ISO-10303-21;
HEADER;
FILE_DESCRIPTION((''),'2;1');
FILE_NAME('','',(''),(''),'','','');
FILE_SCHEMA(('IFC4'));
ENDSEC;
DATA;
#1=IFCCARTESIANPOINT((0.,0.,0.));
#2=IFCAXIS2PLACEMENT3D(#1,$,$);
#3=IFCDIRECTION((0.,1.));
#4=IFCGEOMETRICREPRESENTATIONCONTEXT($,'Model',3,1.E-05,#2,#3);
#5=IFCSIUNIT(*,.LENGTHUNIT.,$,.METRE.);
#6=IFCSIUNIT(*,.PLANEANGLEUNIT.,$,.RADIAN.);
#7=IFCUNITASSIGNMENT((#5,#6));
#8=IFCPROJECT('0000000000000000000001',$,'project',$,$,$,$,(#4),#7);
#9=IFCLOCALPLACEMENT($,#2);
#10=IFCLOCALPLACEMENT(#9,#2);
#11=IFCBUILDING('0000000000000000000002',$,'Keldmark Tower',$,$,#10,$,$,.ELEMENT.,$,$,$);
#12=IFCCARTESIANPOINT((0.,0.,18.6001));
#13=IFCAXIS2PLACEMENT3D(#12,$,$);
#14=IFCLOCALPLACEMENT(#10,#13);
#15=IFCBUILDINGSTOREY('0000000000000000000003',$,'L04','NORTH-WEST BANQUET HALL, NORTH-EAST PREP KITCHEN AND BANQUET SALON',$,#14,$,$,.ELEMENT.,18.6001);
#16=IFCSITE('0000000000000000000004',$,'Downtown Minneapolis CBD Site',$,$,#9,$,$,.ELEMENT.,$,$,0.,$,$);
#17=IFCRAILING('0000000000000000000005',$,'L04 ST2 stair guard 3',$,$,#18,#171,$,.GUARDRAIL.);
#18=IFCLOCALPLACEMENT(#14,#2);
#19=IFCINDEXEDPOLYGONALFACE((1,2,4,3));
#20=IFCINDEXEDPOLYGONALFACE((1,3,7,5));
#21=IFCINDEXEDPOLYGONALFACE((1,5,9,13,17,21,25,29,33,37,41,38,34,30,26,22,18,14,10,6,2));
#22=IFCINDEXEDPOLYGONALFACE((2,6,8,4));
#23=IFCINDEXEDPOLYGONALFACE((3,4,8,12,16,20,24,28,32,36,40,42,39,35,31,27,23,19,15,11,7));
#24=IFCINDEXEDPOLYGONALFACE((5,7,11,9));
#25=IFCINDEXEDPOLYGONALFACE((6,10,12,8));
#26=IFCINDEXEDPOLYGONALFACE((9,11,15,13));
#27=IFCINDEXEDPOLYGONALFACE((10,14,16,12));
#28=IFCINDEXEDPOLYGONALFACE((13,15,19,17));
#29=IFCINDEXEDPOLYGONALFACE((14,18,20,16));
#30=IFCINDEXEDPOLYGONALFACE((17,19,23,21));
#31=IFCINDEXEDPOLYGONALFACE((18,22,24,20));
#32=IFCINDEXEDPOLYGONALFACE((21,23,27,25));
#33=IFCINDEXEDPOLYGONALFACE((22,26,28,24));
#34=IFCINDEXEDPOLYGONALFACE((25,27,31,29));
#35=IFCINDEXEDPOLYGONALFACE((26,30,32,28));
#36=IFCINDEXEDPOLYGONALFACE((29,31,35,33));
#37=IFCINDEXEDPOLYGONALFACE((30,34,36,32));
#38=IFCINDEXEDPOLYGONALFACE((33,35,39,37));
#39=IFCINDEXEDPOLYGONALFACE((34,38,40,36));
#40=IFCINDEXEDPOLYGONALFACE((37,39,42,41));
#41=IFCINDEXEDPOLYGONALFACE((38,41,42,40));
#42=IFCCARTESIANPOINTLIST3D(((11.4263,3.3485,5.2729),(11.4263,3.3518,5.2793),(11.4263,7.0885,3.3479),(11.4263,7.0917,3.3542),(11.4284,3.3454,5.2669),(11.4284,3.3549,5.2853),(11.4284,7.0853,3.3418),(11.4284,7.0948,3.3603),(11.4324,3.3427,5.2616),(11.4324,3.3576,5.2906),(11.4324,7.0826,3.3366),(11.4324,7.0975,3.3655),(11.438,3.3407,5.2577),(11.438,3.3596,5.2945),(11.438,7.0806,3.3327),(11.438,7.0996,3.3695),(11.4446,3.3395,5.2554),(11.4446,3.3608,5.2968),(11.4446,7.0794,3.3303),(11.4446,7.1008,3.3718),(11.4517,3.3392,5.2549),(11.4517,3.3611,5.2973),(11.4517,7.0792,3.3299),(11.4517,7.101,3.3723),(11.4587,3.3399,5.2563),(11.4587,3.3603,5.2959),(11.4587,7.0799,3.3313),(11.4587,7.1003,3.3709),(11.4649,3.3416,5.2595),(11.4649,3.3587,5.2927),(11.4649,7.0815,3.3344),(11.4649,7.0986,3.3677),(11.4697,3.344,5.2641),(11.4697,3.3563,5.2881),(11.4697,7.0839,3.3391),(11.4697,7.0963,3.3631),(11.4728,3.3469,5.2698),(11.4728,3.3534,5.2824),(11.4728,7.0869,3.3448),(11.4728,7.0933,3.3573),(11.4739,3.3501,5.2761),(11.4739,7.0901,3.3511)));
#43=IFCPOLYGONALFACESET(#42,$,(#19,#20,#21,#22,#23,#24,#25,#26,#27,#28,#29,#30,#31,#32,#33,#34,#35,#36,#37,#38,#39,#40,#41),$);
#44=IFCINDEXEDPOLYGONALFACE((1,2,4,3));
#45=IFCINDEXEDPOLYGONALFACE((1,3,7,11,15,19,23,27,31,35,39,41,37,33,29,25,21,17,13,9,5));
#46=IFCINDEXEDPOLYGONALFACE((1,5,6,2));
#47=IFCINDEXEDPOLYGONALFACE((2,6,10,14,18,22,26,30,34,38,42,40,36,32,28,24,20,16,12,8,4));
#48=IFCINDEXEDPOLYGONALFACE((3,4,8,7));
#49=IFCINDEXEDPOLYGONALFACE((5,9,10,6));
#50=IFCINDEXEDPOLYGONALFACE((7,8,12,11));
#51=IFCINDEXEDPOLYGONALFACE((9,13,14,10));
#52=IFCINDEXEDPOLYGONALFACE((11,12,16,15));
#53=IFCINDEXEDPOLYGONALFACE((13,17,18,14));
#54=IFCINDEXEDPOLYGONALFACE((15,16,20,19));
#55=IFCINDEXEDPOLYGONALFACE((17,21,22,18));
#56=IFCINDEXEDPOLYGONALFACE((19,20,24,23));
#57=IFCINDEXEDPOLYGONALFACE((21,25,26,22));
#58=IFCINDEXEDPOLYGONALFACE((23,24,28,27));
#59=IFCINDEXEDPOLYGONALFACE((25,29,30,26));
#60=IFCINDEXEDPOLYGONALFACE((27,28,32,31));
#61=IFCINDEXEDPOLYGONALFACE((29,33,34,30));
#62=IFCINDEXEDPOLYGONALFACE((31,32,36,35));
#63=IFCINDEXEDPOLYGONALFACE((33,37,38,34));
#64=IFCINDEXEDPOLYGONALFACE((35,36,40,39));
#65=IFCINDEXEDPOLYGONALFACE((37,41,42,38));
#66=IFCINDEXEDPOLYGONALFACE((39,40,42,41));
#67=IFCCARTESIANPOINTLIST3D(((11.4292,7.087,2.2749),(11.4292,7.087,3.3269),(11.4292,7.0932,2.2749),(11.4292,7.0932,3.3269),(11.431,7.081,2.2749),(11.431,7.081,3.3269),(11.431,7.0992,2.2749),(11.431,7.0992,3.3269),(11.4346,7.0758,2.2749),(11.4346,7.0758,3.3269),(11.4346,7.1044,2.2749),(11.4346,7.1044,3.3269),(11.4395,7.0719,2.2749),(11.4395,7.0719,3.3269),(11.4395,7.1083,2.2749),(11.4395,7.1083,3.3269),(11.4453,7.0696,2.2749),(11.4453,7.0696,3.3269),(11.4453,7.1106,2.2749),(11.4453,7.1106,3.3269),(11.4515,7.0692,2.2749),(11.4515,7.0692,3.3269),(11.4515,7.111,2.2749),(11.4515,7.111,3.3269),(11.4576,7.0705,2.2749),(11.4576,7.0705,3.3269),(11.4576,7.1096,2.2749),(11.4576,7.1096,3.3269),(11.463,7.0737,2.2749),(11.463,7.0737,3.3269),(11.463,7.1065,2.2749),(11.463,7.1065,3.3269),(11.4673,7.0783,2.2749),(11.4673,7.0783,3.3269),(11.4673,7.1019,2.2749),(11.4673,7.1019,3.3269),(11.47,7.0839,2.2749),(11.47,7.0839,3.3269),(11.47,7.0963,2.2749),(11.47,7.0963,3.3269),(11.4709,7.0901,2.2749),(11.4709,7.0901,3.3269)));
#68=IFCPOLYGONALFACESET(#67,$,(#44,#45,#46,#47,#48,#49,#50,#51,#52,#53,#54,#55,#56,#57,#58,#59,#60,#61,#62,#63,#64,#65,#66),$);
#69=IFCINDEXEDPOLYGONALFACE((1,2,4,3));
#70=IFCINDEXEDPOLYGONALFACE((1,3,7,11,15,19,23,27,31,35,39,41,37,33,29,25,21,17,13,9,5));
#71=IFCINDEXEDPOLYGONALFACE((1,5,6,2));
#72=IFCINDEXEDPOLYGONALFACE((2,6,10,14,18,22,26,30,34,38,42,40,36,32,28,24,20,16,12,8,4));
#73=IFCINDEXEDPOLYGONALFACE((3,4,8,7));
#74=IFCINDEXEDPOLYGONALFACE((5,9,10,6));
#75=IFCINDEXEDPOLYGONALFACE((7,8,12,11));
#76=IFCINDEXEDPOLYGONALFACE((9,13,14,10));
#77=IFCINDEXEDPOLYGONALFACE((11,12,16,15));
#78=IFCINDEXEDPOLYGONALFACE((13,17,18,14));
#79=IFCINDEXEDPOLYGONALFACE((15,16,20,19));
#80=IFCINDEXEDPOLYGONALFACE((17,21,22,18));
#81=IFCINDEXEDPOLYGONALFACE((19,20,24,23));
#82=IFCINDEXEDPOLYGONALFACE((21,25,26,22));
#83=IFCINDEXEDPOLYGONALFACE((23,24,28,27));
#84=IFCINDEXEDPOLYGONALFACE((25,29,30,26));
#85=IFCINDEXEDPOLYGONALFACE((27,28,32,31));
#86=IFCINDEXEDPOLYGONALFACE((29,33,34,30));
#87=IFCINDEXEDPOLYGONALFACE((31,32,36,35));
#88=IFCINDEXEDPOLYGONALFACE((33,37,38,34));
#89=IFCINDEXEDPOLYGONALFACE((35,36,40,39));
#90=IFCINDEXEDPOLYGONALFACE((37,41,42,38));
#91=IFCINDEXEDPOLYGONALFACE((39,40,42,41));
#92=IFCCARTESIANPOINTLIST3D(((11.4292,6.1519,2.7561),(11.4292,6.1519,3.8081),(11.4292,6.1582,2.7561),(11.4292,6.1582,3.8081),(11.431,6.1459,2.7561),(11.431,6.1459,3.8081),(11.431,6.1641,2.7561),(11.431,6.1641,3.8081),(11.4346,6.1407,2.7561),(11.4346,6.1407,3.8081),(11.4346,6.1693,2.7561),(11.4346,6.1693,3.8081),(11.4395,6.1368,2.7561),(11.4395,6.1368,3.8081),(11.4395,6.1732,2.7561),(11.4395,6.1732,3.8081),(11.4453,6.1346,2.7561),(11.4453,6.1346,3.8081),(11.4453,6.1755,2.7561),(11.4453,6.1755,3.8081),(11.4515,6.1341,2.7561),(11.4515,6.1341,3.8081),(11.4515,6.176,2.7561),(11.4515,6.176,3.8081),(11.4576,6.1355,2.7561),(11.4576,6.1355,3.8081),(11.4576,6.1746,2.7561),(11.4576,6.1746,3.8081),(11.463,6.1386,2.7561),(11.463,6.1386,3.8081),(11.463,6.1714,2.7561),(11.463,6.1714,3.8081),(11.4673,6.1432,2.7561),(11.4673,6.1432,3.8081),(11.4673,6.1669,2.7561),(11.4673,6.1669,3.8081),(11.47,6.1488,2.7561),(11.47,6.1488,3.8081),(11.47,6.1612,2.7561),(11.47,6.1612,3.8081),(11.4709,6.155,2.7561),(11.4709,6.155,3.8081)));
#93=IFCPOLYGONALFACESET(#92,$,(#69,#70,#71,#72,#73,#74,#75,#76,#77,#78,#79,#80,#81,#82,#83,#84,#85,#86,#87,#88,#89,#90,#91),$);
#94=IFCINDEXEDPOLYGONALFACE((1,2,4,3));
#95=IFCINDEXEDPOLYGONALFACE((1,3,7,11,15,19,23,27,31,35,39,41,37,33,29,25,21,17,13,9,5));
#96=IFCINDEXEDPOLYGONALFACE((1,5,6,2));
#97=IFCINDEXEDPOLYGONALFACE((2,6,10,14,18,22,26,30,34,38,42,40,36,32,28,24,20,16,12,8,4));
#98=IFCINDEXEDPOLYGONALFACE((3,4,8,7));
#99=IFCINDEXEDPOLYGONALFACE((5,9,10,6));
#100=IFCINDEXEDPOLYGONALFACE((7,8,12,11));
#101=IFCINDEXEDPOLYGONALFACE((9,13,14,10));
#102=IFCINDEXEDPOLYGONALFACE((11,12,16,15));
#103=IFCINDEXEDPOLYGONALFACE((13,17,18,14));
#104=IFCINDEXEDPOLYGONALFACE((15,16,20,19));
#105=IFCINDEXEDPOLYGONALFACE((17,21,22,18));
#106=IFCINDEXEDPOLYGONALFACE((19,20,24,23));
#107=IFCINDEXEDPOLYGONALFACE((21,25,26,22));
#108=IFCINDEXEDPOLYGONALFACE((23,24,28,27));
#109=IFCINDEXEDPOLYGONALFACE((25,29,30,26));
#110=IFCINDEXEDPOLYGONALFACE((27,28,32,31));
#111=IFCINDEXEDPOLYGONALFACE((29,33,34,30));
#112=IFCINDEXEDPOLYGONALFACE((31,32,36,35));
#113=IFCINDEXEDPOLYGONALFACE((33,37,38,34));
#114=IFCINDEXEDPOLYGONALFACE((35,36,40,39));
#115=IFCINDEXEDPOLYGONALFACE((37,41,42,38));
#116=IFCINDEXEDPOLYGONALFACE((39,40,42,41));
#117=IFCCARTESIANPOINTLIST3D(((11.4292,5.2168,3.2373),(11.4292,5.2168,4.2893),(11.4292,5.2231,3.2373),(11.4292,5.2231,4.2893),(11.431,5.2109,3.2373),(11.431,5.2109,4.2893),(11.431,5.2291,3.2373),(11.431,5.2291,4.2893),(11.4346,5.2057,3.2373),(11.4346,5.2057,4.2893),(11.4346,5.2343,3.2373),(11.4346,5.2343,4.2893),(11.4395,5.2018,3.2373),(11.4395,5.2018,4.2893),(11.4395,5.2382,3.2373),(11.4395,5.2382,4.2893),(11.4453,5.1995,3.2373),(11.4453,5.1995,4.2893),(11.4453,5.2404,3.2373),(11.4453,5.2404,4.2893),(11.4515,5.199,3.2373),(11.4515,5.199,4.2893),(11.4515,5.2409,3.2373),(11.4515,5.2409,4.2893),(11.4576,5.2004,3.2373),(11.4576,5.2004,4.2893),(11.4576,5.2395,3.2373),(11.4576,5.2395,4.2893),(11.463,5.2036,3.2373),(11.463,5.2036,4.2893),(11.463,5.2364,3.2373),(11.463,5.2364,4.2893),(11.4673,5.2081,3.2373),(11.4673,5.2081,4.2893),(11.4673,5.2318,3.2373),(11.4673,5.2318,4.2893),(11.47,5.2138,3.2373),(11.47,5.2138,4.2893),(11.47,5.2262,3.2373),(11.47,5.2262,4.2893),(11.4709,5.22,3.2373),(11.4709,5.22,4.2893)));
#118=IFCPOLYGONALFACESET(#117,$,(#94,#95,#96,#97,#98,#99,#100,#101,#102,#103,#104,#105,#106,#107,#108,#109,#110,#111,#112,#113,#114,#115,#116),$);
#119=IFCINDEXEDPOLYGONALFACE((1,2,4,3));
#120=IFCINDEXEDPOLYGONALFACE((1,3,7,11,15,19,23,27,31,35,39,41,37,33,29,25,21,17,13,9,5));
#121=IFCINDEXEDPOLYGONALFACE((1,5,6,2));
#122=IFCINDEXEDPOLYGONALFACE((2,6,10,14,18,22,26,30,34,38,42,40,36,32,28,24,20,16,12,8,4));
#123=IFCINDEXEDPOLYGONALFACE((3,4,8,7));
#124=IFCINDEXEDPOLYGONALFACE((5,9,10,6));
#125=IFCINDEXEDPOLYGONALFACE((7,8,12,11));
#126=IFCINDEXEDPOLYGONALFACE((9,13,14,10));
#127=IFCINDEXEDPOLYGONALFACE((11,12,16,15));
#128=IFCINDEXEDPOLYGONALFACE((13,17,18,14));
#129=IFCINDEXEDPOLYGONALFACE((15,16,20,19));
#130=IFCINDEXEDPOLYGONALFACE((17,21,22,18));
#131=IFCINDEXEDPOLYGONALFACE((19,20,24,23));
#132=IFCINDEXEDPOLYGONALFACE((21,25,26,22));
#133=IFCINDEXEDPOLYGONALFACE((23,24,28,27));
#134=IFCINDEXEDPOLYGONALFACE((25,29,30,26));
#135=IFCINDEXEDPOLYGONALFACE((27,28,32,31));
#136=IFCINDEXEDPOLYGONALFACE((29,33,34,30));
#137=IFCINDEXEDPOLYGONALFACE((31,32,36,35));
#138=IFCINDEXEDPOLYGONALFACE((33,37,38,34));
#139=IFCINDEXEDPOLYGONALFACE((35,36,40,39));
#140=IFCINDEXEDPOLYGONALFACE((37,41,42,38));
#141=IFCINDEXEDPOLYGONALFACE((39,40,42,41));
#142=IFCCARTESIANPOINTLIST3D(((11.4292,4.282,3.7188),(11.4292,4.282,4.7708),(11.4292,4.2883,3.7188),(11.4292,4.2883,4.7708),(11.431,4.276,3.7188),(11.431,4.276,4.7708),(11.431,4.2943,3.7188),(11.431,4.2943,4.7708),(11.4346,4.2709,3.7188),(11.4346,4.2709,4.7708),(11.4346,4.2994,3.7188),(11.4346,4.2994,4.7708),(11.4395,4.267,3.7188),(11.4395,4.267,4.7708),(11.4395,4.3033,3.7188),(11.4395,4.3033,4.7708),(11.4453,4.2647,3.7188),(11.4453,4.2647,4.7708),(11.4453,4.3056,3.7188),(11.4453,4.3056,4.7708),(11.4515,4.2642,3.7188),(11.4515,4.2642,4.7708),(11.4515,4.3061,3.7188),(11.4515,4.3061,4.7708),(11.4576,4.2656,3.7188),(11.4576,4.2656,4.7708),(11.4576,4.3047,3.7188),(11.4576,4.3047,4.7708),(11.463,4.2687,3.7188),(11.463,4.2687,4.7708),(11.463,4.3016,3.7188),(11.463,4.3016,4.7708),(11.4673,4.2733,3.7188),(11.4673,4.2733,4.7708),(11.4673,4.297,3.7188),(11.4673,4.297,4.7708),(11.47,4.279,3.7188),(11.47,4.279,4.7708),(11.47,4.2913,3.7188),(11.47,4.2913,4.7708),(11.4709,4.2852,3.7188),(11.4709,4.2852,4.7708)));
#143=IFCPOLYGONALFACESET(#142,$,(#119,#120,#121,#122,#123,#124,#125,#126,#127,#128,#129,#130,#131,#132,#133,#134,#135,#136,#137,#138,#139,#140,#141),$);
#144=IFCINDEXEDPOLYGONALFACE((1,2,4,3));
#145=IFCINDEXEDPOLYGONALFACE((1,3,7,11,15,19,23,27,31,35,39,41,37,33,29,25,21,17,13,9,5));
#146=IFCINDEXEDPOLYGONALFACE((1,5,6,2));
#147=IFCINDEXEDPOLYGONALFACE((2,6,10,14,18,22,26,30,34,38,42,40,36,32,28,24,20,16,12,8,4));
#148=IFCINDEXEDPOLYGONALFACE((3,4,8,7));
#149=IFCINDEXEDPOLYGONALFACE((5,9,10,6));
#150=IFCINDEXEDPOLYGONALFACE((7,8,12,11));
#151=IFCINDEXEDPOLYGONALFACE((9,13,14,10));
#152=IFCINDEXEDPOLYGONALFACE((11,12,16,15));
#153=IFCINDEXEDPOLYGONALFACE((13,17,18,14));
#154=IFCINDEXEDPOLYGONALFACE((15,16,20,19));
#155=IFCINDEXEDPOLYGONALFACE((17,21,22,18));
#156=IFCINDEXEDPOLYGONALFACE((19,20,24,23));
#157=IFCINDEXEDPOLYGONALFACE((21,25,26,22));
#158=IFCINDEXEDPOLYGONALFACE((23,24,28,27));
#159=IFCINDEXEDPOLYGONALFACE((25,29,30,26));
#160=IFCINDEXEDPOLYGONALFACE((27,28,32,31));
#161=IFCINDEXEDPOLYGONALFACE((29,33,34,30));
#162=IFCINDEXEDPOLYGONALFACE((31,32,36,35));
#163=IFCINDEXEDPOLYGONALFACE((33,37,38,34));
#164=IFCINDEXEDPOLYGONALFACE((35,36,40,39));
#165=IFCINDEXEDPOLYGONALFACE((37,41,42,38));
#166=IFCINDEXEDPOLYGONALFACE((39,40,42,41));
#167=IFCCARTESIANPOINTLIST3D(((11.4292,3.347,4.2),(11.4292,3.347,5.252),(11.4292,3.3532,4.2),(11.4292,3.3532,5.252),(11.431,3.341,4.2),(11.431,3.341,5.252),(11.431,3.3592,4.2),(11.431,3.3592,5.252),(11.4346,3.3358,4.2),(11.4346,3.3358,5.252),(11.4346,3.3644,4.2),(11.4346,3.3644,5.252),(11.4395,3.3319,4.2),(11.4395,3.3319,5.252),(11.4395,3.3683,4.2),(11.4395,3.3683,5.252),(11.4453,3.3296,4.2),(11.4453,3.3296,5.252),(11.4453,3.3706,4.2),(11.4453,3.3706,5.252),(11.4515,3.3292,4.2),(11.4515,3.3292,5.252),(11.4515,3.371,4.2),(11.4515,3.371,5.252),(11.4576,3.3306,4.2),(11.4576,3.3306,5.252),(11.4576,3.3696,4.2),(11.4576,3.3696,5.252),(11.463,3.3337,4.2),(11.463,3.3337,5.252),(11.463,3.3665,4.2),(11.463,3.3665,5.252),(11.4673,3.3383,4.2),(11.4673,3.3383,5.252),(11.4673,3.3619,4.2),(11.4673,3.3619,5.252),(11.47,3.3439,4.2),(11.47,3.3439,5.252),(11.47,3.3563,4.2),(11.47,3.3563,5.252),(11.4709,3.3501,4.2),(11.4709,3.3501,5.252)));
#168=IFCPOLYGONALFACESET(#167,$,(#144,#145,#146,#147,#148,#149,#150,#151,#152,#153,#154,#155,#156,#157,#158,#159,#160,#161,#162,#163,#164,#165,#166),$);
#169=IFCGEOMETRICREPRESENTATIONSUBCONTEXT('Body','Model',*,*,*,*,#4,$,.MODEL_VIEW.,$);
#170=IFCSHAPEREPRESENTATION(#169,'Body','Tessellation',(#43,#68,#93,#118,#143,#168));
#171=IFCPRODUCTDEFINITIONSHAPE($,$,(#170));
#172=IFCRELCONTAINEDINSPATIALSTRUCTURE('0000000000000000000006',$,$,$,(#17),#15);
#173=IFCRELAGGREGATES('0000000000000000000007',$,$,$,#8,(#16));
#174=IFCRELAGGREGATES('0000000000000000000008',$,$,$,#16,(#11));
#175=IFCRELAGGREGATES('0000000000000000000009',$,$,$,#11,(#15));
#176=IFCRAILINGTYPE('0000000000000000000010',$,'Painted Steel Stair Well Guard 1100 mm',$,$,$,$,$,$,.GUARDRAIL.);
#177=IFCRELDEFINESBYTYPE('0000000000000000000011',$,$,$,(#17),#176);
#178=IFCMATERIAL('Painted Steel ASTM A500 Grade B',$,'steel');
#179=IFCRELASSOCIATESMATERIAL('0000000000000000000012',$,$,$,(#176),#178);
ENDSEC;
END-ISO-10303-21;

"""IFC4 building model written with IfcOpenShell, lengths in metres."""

from ifc_helpers import new_model, si_unit, direction, frame, origin, origin_2d, place, context, subcontext, project, spatial, circle, extrude, material, type_object, element, save


model = new_model("IFC4")

# Units and contexts
model_context = context("Model", 3, precision=1e-05, world=origin(), true_north=direction((0.0, 1.0)))
body_context = subcontext(model_context, "Body", "Model", "MODEL_VIEW")
ifc_project = project(units=[si_unit("LENGTHUNIT", "METRE"), si_unit("PLANEANGLEUNIT", "RADIAN")], contexts=[model_context])

# Site, building, storey
site_placement = place(None, origin())
site = spatial("IfcSite", under=ifc_project, at=site_placement, Name="Downtown Minneapolis CBD Site", CompositionType="ELEMENT", RefElevation=0.0)
building_placement = place(site_placement, origin())
building = spatial("IfcBuilding", under=site, at=building_placement, Name="Keldmark Tower", CompositionType="ELEMENT")
storey_placement = place(building_placement, frame((0.0, 0.0, 18.6001)))
storey = spatial("IfcBuildingStorey", under=building, at=storey_placement, Name="L04", Description="NORTH-WEST BANQUET HALL, NORTH-EAST PREP KITCHEN AND BANQUET SALON", CompositionType="ELEMENT", Elevation=18.6001)

# Railing
ifc_material_1 = material(Name="Painted Steel ASTM A500 Grade B", Category="steel")
railing_type_1 = type_object("IfcRailingType", Name="Painted Steel Stair Well Guard 1100 mm", PredefinedType="GUARDRAIL", material=ifc_material_1)
railing_1_placement = place(storey_placement, frame((11.45, 7.0901, 2.2749)))
element("IfcRailing", 1, at=railing_1_placement, inside=storey, type_object=railing_type_1, Name="L04 ST2 stair guard 3", PredefinedType="GUARDRAIL", context=body_context, shape_type="SweptSolid", body=[
    extrude(circle(Radius=0.0239, at=origin_2d()), frame((0.0, 0.0, 1.0762), z_axis=(0.0, -0.889131, 0.457654), x_axis=(1.0, 0.0, 0.0)), (0.0, 0.0, 1.0), 4.2063),
    extrude(circle(Radius=0.021, at=origin_2d()), origin(), (0.0, 0.0, 1.0), 1.052),
    extrude(circle(Radius=0.021, at=origin_2d()), frame((0.0, -0.9351, 0.4812)), (0.0, 0.0, 1.0), 1.052),
    extrude(circle(Radius=0.021, at=origin_2d()), frame((0.0, -1.8701, 0.9624)), (0.0, 0.0, 1.0), 1.052),
    extrude(circle(Radius=0.021, at=origin_2d()), frame((0.0, -2.8049, 1.4438)), (0.0, 0.0, 1.0), 1.052),
    extrude(circle(Radius=0.021, at=origin_2d()), frame((0.0, -3.74, 1.925)), (0.0, 0.0, 1.0), 1.052),
])

save(model, "model.ifc")
